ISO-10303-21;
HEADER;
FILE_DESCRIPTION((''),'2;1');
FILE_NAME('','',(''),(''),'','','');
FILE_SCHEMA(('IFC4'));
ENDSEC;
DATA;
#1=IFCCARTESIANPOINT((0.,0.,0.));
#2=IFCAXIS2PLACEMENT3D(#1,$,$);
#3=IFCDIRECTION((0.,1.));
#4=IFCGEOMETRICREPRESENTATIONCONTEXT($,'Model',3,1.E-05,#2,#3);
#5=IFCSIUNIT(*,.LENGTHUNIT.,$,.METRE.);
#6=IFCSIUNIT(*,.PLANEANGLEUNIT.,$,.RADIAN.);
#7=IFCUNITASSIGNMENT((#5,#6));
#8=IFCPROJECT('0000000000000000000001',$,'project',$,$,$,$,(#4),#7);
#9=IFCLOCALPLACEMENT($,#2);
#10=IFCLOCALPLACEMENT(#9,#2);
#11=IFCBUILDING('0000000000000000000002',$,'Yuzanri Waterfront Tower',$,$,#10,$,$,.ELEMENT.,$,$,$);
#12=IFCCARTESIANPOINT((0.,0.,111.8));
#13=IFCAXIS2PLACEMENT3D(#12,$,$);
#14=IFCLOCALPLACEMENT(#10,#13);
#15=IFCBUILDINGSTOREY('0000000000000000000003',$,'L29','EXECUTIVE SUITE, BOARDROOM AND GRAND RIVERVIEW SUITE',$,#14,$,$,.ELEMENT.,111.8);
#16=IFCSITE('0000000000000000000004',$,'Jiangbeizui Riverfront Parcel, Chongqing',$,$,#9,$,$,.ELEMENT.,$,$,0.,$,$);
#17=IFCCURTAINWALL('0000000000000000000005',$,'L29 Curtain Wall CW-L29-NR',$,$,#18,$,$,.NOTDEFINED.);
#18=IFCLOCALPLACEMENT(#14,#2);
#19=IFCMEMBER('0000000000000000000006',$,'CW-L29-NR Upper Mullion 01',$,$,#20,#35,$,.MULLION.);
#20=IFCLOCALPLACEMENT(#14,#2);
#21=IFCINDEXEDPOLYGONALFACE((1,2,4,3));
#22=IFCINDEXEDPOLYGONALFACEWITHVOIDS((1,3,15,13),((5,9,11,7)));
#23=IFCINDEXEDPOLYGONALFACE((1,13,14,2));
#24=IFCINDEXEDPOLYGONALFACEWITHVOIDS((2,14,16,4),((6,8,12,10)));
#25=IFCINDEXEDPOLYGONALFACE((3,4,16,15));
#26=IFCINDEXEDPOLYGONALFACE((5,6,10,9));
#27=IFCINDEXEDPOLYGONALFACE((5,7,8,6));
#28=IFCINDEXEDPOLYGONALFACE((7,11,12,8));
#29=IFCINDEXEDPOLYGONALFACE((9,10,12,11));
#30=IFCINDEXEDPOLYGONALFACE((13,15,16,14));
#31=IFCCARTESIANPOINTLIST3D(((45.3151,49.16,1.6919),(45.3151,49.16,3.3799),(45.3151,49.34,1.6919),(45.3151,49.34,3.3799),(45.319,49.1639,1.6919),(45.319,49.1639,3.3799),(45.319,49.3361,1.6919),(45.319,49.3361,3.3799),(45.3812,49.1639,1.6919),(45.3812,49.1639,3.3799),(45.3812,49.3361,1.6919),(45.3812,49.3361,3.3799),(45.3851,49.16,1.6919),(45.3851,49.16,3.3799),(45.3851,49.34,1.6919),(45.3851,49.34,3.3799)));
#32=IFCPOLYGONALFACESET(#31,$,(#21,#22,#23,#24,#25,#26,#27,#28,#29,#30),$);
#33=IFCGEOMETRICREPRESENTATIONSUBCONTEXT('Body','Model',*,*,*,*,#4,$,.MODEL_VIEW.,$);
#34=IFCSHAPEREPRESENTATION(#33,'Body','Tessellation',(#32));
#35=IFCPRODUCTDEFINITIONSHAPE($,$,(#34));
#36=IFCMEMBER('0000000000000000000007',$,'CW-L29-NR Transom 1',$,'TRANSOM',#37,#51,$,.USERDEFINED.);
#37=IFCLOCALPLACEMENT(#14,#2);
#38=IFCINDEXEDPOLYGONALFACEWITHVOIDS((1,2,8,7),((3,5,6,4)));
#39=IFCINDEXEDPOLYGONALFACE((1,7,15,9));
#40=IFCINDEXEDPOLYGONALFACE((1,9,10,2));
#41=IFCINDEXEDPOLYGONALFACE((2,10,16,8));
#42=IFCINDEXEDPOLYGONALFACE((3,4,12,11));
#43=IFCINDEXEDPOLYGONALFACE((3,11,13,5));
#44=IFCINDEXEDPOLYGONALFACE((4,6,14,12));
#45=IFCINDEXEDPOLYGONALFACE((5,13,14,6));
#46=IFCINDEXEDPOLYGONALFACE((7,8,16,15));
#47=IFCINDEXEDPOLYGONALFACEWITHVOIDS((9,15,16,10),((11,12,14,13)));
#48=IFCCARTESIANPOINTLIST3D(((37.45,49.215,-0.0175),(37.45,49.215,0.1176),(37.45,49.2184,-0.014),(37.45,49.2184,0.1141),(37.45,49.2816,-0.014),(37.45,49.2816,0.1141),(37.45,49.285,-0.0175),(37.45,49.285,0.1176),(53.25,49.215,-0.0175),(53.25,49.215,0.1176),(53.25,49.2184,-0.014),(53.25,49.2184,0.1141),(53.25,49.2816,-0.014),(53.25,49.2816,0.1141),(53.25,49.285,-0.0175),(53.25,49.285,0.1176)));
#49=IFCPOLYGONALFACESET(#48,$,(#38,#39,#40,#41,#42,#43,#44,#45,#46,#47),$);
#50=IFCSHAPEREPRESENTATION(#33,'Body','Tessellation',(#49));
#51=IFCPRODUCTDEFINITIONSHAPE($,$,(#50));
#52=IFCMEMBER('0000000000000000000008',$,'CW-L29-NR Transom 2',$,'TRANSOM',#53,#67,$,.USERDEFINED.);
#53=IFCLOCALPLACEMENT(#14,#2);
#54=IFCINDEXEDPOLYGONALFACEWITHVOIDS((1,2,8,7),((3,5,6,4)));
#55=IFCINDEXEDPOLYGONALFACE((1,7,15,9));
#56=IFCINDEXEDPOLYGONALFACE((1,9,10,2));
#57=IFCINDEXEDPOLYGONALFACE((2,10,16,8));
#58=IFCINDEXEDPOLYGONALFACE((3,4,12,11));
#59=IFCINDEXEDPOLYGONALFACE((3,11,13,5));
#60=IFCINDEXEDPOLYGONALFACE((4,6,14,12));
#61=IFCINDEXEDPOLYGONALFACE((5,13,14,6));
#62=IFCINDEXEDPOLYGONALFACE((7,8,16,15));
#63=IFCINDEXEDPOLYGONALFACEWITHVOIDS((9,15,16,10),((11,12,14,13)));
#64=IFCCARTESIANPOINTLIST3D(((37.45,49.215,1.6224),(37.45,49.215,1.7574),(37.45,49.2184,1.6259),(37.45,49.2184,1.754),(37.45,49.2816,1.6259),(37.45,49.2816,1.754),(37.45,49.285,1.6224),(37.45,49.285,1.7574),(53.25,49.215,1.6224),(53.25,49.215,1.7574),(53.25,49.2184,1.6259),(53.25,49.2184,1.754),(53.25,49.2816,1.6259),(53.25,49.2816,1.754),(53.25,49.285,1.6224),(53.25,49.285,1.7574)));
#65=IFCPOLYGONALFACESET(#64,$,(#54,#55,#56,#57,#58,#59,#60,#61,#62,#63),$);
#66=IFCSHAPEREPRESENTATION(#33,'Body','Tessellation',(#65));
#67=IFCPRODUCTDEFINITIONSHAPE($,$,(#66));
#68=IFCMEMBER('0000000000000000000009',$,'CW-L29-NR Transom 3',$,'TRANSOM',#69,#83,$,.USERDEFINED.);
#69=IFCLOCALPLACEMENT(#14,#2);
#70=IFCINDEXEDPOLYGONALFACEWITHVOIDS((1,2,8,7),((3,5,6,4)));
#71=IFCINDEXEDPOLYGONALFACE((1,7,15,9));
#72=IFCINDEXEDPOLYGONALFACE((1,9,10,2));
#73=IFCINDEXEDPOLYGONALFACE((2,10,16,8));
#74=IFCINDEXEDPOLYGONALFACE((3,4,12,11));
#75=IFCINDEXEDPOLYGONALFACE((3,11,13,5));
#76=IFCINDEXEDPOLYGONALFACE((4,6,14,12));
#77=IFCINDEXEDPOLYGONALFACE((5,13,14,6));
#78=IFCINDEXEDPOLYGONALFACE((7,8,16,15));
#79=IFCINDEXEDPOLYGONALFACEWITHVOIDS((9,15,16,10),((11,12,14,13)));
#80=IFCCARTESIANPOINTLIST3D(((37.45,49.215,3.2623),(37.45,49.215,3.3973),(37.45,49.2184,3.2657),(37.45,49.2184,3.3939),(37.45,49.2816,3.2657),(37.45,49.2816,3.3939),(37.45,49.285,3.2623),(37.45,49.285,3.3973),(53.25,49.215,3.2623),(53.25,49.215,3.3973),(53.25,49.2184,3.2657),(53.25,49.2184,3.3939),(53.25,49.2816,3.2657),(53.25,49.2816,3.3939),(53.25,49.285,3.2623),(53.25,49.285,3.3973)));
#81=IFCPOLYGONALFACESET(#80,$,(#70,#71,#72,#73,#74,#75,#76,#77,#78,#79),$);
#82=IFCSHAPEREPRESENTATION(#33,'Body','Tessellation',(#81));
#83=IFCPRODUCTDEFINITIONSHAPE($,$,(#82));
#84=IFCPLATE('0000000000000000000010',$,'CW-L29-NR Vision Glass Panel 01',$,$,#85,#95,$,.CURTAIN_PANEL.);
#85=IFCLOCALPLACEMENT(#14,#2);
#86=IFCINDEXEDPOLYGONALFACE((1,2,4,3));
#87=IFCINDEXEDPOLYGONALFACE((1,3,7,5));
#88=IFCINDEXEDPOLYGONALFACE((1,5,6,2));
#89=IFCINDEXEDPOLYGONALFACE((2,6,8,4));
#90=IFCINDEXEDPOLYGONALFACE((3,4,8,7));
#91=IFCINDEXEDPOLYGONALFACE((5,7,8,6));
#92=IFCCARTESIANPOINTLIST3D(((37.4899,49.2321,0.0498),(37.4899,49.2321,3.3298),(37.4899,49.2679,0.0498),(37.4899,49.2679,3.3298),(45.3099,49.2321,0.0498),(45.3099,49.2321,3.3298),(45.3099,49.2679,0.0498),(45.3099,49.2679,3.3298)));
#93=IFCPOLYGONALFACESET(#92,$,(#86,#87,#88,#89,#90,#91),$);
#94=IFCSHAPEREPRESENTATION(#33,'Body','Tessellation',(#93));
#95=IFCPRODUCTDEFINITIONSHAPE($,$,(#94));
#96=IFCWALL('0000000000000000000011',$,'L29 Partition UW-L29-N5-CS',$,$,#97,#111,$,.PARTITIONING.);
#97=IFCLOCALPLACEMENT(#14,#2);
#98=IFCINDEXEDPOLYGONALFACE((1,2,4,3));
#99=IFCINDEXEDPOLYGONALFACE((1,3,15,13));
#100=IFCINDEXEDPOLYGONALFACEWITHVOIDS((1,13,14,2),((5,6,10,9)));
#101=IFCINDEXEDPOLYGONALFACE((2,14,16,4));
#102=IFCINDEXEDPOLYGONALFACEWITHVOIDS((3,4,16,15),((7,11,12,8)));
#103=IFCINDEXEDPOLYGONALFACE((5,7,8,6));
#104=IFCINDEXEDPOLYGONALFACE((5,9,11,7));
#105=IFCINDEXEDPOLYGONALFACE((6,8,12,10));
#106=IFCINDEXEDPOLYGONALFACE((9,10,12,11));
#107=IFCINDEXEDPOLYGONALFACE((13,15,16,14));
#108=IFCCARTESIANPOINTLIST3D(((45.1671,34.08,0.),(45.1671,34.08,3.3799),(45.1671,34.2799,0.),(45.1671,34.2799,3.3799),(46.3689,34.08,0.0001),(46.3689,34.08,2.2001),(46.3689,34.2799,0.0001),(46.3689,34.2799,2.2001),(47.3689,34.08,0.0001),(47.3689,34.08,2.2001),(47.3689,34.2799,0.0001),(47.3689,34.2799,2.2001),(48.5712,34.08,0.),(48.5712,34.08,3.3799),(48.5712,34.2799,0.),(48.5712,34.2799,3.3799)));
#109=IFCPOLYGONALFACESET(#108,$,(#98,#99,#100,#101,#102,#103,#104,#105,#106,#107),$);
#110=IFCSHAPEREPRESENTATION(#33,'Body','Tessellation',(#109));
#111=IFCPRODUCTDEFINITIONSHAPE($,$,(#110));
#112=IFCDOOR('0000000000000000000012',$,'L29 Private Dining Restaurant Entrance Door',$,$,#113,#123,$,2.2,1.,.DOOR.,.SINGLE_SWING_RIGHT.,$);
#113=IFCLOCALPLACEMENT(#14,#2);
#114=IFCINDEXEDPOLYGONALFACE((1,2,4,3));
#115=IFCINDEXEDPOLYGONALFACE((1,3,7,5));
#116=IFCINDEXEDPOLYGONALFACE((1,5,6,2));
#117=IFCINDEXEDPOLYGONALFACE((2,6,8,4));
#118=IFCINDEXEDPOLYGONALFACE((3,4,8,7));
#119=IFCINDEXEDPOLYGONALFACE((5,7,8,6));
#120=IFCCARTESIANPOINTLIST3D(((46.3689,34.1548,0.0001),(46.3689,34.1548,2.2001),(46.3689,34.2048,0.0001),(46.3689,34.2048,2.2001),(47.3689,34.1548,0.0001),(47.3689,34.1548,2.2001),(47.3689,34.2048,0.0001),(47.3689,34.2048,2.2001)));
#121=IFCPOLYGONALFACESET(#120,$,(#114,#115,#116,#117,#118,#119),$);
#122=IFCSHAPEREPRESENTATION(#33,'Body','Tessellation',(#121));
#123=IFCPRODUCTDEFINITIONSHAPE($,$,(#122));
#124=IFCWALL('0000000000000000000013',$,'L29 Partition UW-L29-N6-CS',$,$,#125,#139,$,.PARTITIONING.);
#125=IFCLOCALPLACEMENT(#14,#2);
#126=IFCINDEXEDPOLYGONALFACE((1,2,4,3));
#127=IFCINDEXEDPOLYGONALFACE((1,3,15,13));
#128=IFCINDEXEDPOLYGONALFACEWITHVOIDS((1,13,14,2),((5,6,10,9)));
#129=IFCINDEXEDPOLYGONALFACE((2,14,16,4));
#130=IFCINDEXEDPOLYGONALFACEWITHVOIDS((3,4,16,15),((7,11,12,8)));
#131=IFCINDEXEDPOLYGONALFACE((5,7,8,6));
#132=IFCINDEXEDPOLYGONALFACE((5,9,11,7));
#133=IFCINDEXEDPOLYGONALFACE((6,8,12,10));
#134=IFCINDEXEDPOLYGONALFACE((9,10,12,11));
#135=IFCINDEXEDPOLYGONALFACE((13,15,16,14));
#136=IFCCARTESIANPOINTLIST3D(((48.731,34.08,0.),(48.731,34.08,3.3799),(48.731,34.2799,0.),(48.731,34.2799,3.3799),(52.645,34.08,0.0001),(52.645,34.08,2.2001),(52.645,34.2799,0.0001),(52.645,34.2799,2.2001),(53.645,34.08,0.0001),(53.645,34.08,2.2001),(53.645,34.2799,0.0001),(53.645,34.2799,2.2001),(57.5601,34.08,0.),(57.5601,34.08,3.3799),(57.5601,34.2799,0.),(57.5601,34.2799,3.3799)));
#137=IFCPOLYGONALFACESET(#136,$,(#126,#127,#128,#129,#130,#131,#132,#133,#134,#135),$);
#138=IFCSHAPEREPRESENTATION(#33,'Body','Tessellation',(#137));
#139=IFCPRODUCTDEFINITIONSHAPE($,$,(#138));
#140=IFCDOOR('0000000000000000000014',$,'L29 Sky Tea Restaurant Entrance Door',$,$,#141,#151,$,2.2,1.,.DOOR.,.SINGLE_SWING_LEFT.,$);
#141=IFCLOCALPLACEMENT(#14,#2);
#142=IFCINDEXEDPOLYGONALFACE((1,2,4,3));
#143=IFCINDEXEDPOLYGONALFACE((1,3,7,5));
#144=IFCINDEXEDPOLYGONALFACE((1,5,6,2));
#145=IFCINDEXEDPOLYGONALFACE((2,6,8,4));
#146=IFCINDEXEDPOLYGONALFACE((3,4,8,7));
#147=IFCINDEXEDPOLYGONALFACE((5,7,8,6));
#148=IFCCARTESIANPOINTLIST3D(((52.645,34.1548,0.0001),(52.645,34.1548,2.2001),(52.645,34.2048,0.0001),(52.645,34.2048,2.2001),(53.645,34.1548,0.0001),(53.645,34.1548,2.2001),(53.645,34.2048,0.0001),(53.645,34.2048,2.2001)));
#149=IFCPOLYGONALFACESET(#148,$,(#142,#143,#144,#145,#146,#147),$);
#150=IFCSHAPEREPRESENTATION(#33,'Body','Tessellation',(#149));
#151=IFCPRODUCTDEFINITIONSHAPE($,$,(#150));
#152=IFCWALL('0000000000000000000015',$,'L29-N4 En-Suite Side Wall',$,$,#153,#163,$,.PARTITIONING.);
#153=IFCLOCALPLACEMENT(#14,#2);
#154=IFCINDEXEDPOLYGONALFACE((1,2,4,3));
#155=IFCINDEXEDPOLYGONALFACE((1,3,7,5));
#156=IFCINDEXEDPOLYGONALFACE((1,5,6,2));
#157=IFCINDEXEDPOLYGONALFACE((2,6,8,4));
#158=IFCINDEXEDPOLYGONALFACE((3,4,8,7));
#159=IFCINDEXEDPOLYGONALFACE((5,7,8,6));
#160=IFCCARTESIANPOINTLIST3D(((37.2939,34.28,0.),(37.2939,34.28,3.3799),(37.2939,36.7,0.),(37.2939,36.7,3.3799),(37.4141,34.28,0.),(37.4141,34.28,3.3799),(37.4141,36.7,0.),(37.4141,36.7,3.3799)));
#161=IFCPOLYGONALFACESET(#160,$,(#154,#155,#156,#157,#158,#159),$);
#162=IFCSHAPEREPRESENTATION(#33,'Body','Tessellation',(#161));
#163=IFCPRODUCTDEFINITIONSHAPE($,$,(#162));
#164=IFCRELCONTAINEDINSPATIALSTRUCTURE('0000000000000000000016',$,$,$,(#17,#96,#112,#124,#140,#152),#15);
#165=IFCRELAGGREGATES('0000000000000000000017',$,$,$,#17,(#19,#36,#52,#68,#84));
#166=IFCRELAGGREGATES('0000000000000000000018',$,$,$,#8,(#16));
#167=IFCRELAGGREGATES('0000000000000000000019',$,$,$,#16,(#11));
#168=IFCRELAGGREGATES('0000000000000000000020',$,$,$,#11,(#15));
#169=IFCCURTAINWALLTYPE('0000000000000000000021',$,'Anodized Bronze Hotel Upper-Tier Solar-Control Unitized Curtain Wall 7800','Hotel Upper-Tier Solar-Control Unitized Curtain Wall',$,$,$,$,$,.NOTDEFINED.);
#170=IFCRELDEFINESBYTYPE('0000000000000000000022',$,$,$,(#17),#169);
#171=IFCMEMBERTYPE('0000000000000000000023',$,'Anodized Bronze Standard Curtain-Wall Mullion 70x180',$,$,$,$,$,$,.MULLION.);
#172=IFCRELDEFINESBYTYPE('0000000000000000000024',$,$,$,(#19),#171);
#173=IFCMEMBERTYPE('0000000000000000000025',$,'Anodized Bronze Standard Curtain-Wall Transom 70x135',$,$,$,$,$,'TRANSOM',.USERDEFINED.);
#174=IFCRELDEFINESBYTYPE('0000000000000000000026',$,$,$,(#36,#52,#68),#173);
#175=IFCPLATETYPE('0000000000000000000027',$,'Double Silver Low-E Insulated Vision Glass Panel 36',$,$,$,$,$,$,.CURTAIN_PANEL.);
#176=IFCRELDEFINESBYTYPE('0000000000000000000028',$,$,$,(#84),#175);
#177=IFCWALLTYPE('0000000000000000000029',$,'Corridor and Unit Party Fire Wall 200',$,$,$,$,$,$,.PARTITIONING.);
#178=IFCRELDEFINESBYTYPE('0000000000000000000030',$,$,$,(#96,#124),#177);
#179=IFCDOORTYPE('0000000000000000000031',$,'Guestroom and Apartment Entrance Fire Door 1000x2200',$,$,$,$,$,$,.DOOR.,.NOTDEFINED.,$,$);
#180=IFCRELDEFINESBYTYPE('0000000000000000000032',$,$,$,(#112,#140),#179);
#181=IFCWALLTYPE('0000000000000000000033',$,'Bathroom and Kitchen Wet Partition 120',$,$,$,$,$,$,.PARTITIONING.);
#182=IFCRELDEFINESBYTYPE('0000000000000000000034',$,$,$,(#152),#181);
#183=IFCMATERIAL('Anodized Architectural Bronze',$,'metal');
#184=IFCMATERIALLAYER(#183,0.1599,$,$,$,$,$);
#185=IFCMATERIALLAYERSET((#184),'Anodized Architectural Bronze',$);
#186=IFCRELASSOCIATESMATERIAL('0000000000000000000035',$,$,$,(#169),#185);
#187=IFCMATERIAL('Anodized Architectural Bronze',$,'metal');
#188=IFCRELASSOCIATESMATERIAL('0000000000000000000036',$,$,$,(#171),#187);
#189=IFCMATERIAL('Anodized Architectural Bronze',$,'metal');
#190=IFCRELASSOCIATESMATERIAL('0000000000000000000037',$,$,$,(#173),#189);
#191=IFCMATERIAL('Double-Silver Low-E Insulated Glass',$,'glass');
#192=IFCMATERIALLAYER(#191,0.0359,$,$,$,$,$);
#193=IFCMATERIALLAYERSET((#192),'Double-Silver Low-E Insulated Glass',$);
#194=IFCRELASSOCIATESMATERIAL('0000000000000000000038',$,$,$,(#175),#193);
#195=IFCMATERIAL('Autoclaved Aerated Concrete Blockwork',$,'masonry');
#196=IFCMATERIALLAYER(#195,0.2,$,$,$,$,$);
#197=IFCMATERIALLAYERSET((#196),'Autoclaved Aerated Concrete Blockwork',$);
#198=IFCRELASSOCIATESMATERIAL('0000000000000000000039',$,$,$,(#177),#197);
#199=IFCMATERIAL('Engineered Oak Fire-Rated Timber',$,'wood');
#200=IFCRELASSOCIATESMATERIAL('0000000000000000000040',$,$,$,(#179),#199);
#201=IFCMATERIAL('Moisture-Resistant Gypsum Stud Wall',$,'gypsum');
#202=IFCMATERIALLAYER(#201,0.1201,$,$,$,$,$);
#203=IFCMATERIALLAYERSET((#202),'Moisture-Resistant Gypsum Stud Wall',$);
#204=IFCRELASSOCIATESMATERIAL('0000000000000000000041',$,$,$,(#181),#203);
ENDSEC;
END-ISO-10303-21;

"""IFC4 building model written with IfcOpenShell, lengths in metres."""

from ifc_helpers import new_model, si_unit, direction, frame, frame_2d, origin, origin_2d, place, context, subcontext, project, spatial, rectangle, hollow_rectangle, extrude, source, transform, mapped, material, layer, layer_set, material_profile, profile_set, type_object, element, fill, aggregate, save


model = new_model("IFC4")

# Units and contexts
model_context = context("Model", 3, precision=1e-05, world=origin(), true_north=direction((0.0, 1.0)))
body_context = subcontext(model_context, "Body", "Model", "MODEL_VIEW")
ifc_project = project(units=[si_unit("LENGTHUNIT", "METRE"), si_unit("PLANEANGLEUNIT", "RADIAN")], contexts=[model_context])

# Site, building, storey
site_placement = place(None, origin())
site = spatial("IfcSite", under=ifc_project, at=site_placement, Name="Jiangbeizui Riverfront Parcel, Chongqing", CompositionType="ELEMENT", RefElevation=0.0)
building_placement = place(site_placement, origin())
building = spatial("IfcBuilding", under=site, at=building_placement, Name="Yuzanri Waterfront Tower", CompositionType="ELEMENT")
storey_placement = place(building_placement, frame((0.0, 0.0, 111.8)))
storey = spatial("IfcBuildingStorey", under=building, at=storey_placement, Name="L29", Description="EXECUTIVE SUITE, BOARDROOM AND GRAND RIVERVIEW SUITE", CompositionType="ELEMENT", Elevation=111.8)

# Shared definitions
ifc_material_1 = material(Name="Anodized Architectural Bronze", Category="metal")
ifc_layer_1 = layer(ifc_material_1, 0.1599)
ifc_layer_set_1 = layer_set([ifc_layer_1], Name="Anodized Architectural Bronze")
curtain_wall_type = type_object("IfcCurtainWallType", Name="Anodized Bronze Hotel Upper-Tier Solar-Control Unitized Curtain Wall 7800", Description="Hotel Upper-Tier Solar-Control Unitized Curtain Wall", PredefinedType="NOTDEFINED", material=ifc_layer_set_1)
ifc_material_2 = material(Name="Anodized Architectural Bronze", Category="metal")
ifc_material_profile_1 = material_profile(ifc_material_2, hollow_rectangle(XDim=0.0701, YDim=0.1799, WallThickness=0.0039, at=origin_2d()), Name="CWM 70x180")
ifc_profile_set_1 = profile_set([ifc_material_profile_1], Name="Anodized Architectural Bronze")
member_type_1 = type_object("IfcMemberType", Name="Anodized Bronze Standard Curtain-Wall Mullion 70x180", PredefinedType="MULLION", material=ifc_profile_set_1)
shared_shape_1 = source(origin(), body_context, "Body", "SweptSolid", [
    extrude(hollow_rectangle(XDim=0.0701, YDim=0.1799, WallThickness=0.0039, at=origin_2d()), origin(), (0.0, 0.0, 1.0), 1.688),
])

# Curtain wall, members, plate
curtain_wall_1_placement = place(storey_placement, origin())
curtain_wall_1 = element("IfcCurtainWall", 1, at=curtain_wall_1_placement, inside=storey, type_object=curtain_wall_type, Name="L29 Curtain Wall CW-L29-NR", PredefinedType="NOTDEFINED")
member_1_placement = place(storey_placement, frame((45.3501, 49.25, 1.6919), z_axis=(0.0, 0.0, 1.0), x_axis=(1.0, 0.0, 0.0)))
member_1 = element("IfcMember", 2, at=member_1_placement, type_object=member_type_1, Name="CW-L29-NR Upper Mullion 01", PredefinedType="MULLION", context=body_context, shape_type="MappedRepresentation", body=[
    mapped(shared_shape_1, transform((0.0, 0.0, 0.0), scale=1.0)),
])
ifc_material_3 = material(Name="Anodized Architectural Bronze", Category="metal")
ifc_material_profile_2 = material_profile(ifc_material_3, hollow_rectangle(XDim=0.0701, YDim=0.135, WallThickness=0.0034, at=origin_2d()), Name="CWT 70x135")
ifc_profile_set_2 = profile_set([ifc_material_profile_2], Name="Anodized Architectural Bronze")
member_type_2 = type_object("IfcMemberType", Name="Anodized Bronze Standard Curtain-Wall Transom 70x135", ElementType="TRANSOM", PredefinedType="USERDEFINED", material=ifc_profile_set_2)
shared_shape_2 = source(origin(), body_context, "Body", "SweptSolid", [
    extrude(hollow_rectangle(XDim=0.0701, YDim=0.135, WallThickness=0.0034, at=origin_2d()), origin(), (0.0, 0.0, 1.0), 15.8),
])
member_2_placement = place(storey_placement, frame((37.45, 49.25, 0.05), z_axis=(1.0, 0.0, 0.0), x_axis=(0.0, 1.0, 0.0)))
member_2 = element("IfcMember", 3, at=member_2_placement, type_object=member_type_2, Name="CW-L29-NR Transom 1", ObjectType="TRANSOM", PredefinedType="USERDEFINED", context=body_context, shape_type="MappedRepresentation", body=[
    mapped(shared_shape_2, transform((0.0, 0.0, 0.0), scale=1.0)),
])
member_3_placement = place(storey_placement, frame((37.45, 49.25, 1.6899), z_axis=(1.0, 0.0, 0.0), x_axis=(0.0, 1.0, 0.0)))
member_3 = element("IfcMember", 4, at=member_3_placement, type_object=member_type_2, Name="CW-L29-NR Transom 2", ObjectType="TRANSOM", PredefinedType="USERDEFINED", context=body_context, shape_type="MappedRepresentation", body=[
    mapped(shared_shape_2, transform((0.0, 0.0, 0.0), scale=1.0)),
])
member_4_placement = place(storey_placement, frame((37.45, 49.25, 3.3298), z_axis=(1.0, 0.0, 0.0), x_axis=(0.0, 1.0, 0.0)))
member_4 = element("IfcMember", 5, at=member_4_placement, type_object=member_type_2, Name="CW-L29-NR Transom 3", ObjectType="TRANSOM", PredefinedType="USERDEFINED", context=body_context, shape_type="MappedRepresentation", body=[
    mapped(shared_shape_2, transform((0.0, 0.0, 0.0), scale=1.0)),
])
ifc_material_4 = material(Name="Double-Silver Low-E Insulated Glass", Category="glass")
ifc_layer_2 = layer(ifc_material_4, 0.0359)
ifc_layer_set_2 = layer_set([ifc_layer_2], Name="Double-Silver Low-E Insulated Glass")
plate_type = type_object("IfcPlateType", Name="Double Silver Low-E Insulated Vision Glass Panel 36", PredefinedType="CURTAIN_PANEL", material=ifc_layer_set_2)
shared_shape_3 = source(origin(), body_context, "Body", "SweptSolid", [
    extrude(rectangle(XDim=7.8201, YDim=0.0359, at=origin_2d()), origin(), (0.0, 0.0, 1.0), 3.28),
])
plate_placement = place(storey_placement, frame((41.3999, 49.25, 0.0498), z_axis=(0.0, 0.0, 1.0), x_axis=(1.0, 0.0, 0.0)))
plate = element("IfcPlate", 6, at=plate_placement, type_object=plate_type, Name="CW-L29-NR Vision Glass Panel 01", PredefinedType="CURTAIN_PANEL", context=body_context, shape_type="MappedRepresentation", body=[
    mapped(shared_shape_3, transform((0.0, 0.0, 0.0), scale=1.0)),
])
aggregate(curtain_wall_1, [member_1, member_2, member_3, member_4, plate])

# Walls, openings, doors
ifc_material_5 = material(Name="Autoclaved Aerated Concrete Blockwork", Category="masonry")
ifc_layer_3 = layer(ifc_material_5, 0.2)
ifc_layer_set_3 = layer_set([ifc_layer_3], Name="Autoclaved Aerated Concrete Blockwork")
wall_type_1 = type_object("IfcWallType", Name="Corridor and Unit Party Fire Wall 200", PredefinedType="PARTITIONING", material=ifc_layer_set_3)
wall_1_placement = place(storey_placement, frame((45.167, 34.1799, 0.0), z_axis=(0.0, 0.0, 1.0), x_axis=(1.0, 0.0, 0.0)))
wall_1 = element("IfcWall", 7, at=wall_1_placement, inside=storey, type_object=wall_type_1, Name="L29 Partition UW-L29-N5-CS", PredefinedType="PARTITIONING", context=body_context, shape_type="SweptSolid", body=[
    extrude(rectangle(XDim=3.4041, YDim=0.2, at=frame_2d((1.7021, 0.0))), origin(), (0.0, 0.0, 1.0), 3.3799),
])
opening_1_placement = place(wall_1_placement, frame((1.2019, 0.0, 0.0)))
opening_1 = element("IfcOpeningElement", 8, at=opening_1_placement, cuts=wall_1, PredefinedType="OPENING", context=body_context, shape_type="SweptSolid", body=[
    extrude(rectangle(XDim=1.0, YDim=2.2, at=frame_2d((0.5, 1.1001))), frame((0.0, 0.1147, 0.0), z_axis=(0.0, -1.0, 0.0), x_axis=(1.0, 0.0, 0.0)), (0.0, 0.0, 1.0), 0.2297),
])
ifc_material_6 = material(Name="Engineered Oak Fire-Rated Timber", Category="wood")
door_type = type_object("IfcDoorType", Name="Guestroom and Apartment Entrance Fire Door 1000x2200", OperationType="NOTDEFINED", PredefinedType="DOOR", material=ifc_material_6)
shared_shape_4 = source(origin(), body_context, "Body", "SweptSolid", [
    extrude(rectangle(XDim=1.0, YDim=2.2, at=frame_2d((0.5, 1.1001))), frame((0.0, 0.0249, 0.0), z_axis=(0.0, -1.0, 0.0), x_axis=(1.0, 0.0, 0.0)), (0.0, 0.0, 1.0), 0.05),
])
door_1_placement = place(opening_1_placement, origin())
door_1 = element("IfcDoor", 9, at=door_1_placement, inside=storey, type_object=door_type, Name="L29 Private Dining Restaurant Entrance Door", OperationType="SINGLE_SWING_RIGHT", OverallHeight=2.2, OverallWidth=1.0, PredefinedType="DOOR", context=body_context, shape_type="MappedRepresentation", body=[
    mapped(shared_shape_4, transform((0.0, 0.0, 0.0), scale=1.0)),
])
fill(opening_1, door_1)
wall_2_placement = place(storey_placement, frame((48.731, 34.1799, 0.0), z_axis=(0.0, 0.0, 1.0), x_axis=(1.0, 0.0, 0.0)))
wall_2 = element("IfcWall", 10, at=wall_2_placement, inside=storey, type_object=wall_type_1, Name="L29 Partition UW-L29-N6-CS", PredefinedType="PARTITIONING", context=body_context, shape_type="SweptSolid", body=[
    extrude(rectangle(XDim=8.8291, YDim=0.2, at=frame_2d((4.4146, 0.0))), origin(), (0.0, 0.0, 1.0), 3.3799),
])
opening_2_placement = place(wall_2_placement, frame((3.9141, 0.0, 0.0)))
opening_2 = element("IfcOpeningElement", 11, at=opening_2_placement, cuts=wall_2, PredefinedType="OPENING", context=body_context, shape_type="SweptSolid", body=[
    extrude(rectangle(XDim=1.0, YDim=2.2, at=frame_2d((0.5, 1.1001))), frame((0.0, 0.1147, 0.0), z_axis=(0.0, -1.0, 0.0), x_axis=(1.0, 0.0, 0.0)), (0.0, 0.0, 1.0), 0.2297),
])
door_2_placement = place(opening_2_placement, origin())
door_2 = element("IfcDoor", 12, at=door_2_placement, inside=storey, type_object=door_type, Name="L29 Sky Tea Restaurant Entrance Door", OperationType="SINGLE_SWING_LEFT", OverallHeight=2.2, OverallWidth=1.0, PredefinedType="DOOR", context=body_context, shape_type="MappedRepresentation", body=[
    mapped(shared_shape_4, transform((0.0, 0.0, 0.0), scale=1.0)),
])
fill(opening_2, door_2)

# Wall
ifc_material_7 = material(Name="Moisture-Resistant Gypsum Stud Wall", Category="gypsum")
ifc_layer_4 = layer(ifc_material_7, 0.1201)
ifc_layer_set_4 = layer_set([ifc_layer_4], Name="Moisture-Resistant Gypsum Stud Wall")
wall_type_2 = type_object("IfcWallType", Name="Bathroom and Kitchen Wet Partition 120", PredefinedType="PARTITIONING", material=ifc_layer_set_4)
shared_shape_5 = source(origin(), body_context, "Body", "SweptSolid", [
    extrude(rectangle(XDim=2.4199, YDim=0.1201, at=frame_2d((1.21, 0.0))), origin(), (0.0, 0.0, 1.0), 3.3799),
])
wall_3_placement = place(storey_placement, frame((37.354, 34.28, 0.0), z_axis=(0.0, 0.0, 1.0), x_axis=(0.0, 1.0, 0.0)))
element("IfcWall", 13, at=wall_3_placement, inside=storey, type_object=wall_type_2, Name="L29-N4 En-Suite Side Wall", PredefinedType="PARTITIONING", context=body_context, shape_type="MappedRepresentation", body=[
    mapped(shared_shape_5, transform((0.0, 0.0, 0.0), scale=1.0)),
])

save(model, "model.ifc")
